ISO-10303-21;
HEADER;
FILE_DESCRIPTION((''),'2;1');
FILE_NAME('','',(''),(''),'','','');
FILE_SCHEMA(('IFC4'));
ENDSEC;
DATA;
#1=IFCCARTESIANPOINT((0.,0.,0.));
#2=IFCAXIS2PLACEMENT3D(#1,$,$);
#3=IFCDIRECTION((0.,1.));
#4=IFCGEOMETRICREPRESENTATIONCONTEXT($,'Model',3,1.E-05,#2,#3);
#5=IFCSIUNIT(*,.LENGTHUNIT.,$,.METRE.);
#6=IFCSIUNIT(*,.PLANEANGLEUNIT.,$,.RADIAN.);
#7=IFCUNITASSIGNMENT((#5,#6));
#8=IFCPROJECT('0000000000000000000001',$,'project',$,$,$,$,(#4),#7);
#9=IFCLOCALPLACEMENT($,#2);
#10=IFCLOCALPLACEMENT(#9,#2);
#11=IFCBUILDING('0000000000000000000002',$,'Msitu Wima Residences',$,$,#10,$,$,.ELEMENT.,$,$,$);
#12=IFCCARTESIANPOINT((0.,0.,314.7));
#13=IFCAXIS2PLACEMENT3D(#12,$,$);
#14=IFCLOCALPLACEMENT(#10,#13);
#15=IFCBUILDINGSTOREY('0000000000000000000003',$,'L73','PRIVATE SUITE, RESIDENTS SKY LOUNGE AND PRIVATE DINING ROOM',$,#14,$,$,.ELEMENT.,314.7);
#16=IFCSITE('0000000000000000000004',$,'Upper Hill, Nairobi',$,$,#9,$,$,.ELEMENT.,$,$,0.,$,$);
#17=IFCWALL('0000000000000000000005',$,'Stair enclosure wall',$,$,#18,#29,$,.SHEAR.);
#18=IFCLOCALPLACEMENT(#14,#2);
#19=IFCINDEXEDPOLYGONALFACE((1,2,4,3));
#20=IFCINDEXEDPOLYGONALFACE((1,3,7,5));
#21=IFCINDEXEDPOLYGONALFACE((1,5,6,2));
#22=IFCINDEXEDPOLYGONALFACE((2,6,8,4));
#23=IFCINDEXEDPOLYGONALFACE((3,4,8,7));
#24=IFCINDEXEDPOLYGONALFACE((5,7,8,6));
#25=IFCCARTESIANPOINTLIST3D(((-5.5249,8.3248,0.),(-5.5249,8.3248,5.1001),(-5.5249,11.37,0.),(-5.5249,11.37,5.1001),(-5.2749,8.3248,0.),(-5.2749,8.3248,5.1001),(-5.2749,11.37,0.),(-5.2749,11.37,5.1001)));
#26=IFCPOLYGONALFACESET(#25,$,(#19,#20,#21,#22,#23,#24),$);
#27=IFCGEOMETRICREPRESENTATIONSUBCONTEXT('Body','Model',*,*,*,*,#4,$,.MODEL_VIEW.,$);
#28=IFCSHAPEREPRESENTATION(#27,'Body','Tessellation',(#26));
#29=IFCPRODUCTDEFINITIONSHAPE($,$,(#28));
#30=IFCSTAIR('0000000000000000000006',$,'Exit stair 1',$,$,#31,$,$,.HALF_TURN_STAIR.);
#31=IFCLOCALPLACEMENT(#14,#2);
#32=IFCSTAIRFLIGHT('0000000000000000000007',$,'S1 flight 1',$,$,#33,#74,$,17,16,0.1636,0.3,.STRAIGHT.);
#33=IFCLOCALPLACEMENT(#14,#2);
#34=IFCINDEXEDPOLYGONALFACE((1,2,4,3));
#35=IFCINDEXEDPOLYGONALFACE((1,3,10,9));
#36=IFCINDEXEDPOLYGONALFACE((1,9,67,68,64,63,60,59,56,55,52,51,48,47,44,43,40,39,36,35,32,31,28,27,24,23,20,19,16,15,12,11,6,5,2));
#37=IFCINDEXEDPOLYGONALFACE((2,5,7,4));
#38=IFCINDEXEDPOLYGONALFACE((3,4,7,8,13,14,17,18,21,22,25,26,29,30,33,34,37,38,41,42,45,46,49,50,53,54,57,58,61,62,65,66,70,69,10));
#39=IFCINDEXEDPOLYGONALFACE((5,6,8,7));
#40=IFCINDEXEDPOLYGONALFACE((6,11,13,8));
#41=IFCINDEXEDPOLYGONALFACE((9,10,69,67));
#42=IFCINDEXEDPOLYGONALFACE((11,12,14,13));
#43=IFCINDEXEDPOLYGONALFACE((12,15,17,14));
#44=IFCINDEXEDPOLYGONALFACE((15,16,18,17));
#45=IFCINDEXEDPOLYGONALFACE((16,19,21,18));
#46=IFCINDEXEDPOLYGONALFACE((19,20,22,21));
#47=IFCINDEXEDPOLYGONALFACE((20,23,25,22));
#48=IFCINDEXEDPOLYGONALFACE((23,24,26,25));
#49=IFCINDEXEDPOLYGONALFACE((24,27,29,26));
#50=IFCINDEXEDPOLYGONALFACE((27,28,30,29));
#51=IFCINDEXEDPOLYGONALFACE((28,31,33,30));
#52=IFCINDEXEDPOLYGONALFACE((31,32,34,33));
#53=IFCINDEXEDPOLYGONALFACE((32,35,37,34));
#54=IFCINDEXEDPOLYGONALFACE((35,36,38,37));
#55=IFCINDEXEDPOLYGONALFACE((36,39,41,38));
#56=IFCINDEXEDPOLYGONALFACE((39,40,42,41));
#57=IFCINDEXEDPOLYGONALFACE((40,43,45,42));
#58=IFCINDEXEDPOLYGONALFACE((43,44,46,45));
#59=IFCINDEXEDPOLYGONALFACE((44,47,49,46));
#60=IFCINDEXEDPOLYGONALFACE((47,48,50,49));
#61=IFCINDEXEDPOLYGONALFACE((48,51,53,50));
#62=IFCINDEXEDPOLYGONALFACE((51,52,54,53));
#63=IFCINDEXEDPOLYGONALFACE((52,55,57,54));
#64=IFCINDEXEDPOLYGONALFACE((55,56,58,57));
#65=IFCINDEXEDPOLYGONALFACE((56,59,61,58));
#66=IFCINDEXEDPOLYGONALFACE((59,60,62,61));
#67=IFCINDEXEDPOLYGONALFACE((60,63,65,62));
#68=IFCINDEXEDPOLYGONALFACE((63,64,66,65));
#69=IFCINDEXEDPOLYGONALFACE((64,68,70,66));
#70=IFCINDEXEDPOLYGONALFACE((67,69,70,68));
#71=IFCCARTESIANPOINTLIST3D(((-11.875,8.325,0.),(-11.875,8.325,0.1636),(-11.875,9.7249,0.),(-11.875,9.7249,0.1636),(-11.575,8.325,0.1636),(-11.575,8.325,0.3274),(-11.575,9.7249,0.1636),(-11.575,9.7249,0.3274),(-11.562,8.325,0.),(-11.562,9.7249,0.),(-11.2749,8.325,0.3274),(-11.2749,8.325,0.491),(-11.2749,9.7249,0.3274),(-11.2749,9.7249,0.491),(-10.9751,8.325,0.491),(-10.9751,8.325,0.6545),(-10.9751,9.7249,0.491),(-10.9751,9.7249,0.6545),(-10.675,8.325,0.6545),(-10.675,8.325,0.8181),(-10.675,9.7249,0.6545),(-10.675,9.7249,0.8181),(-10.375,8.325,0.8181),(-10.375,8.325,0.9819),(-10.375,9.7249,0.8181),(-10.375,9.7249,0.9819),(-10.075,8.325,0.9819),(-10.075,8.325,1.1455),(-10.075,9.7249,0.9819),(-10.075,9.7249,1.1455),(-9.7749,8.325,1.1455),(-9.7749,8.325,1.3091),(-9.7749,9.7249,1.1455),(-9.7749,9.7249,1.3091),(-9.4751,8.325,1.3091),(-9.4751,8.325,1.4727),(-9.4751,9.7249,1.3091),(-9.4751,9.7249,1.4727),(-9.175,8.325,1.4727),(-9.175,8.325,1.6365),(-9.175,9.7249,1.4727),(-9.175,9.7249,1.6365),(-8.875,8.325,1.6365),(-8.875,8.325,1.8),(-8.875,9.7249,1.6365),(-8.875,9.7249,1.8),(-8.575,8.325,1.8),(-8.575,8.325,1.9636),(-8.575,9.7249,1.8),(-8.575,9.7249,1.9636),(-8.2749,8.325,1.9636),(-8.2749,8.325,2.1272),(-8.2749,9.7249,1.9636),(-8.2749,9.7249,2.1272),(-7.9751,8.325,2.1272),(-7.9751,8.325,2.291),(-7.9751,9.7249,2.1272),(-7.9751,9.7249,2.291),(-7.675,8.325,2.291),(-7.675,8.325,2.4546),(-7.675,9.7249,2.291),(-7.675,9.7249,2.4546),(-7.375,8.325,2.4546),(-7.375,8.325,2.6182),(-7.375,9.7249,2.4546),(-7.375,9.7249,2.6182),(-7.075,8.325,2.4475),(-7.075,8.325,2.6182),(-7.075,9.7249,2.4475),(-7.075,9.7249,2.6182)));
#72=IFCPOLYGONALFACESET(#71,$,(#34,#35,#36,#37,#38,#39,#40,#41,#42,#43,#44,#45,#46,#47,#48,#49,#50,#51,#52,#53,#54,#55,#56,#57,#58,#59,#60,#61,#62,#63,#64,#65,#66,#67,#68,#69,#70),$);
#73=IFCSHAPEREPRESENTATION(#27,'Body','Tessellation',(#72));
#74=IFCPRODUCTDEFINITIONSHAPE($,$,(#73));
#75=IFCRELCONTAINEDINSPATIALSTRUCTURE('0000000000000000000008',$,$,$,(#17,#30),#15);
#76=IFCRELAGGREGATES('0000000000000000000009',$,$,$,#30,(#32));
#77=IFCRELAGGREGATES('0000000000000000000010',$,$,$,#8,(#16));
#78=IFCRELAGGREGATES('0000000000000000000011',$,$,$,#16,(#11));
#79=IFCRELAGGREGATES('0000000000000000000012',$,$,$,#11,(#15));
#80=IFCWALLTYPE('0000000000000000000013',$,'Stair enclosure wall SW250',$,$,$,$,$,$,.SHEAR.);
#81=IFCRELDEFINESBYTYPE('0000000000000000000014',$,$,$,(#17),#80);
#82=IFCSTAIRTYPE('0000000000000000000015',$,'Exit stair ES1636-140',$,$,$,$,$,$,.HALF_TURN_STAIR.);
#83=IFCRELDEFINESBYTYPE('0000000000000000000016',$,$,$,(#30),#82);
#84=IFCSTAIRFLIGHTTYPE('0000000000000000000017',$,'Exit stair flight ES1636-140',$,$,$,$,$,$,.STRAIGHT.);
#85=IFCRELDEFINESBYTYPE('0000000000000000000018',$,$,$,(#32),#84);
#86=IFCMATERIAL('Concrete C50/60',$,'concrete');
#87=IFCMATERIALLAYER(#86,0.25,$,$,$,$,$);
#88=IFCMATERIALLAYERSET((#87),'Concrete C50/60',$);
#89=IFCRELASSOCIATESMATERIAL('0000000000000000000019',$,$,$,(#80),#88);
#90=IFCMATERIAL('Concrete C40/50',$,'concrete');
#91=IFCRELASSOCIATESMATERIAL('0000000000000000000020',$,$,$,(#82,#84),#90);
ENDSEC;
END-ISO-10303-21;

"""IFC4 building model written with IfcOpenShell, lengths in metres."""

from ifc_helpers import new_model, si_unit, direction, frame, frame_2d, origin, place, context, subcontext, project, spatial, polyline, rectangle, outline, extrude, material, layer, layer_set, type_object, element, aggregate, save


model = new_model("IFC4")

# Units and contexts
model_context = context("Model", 3, precision=1e-05, world=origin(), true_north=direction((0.0, 1.0)))
body_context = subcontext(model_context, "Body", "Model", "MODEL_VIEW")
ifc_project = project(units=[si_unit("LENGTHUNIT", "METRE"), si_unit("PLANEANGLEUNIT", "RADIAN")], contexts=[model_context])

# Site, building, storey
site_placement = place(None, origin())
site = spatial("IfcSite", under=ifc_project, at=site_placement, Name="Upper Hill, Nairobi", CompositionType="ELEMENT", RefElevation=0.0)
building_placement = place(site_placement, origin())
building = spatial("IfcBuilding", under=site, at=building_placement, Name="Msitu Wima Residences", CompositionType="ELEMENT")
storey_placement = place(building_placement, frame((0.0, 0.0, 314.7)))
storey = spatial("IfcBuildingStorey", under=building, at=storey_placement, Name="L73", Description="PRIVATE SUITE, RESIDENTS SKY LOUNGE AND PRIVATE DINING ROOM", CompositionType="ELEMENT", Elevation=314.7)

# Shared definitions
ifc_material_1 = material(Name="Concrete C40/50", Category="concrete")

# Shared definitions
ifc_material_2 = material(Name="Concrete C50/60", Category="concrete")
ifc_layer_1 = layer(ifc_material_2, 0.25)
ifc_layer_set_1 = layer_set([ifc_layer_1], Name="Concrete C50/60")
wall_type_1 = type_object("IfcWallType", Name="Stair enclosure wall SW250", PredefinedType="SHEAR", material=ifc_layer_set_1)

# Wall
wall_1_placement = place(storey_placement, frame((-5.3999, 8.325, 0.0), z_axis=(0.0, 0.0, 1.0), x_axis=(0.0, 1.0, 0.0)))
element("IfcWall", 1, at=wall_1_placement, inside=storey, type_object=wall_type_1, Name="Stair enclosure wall", PredefinedType="SHEAR", context=body_context, shape_type="SweptSolid", body=[
    extrude(rectangle(XDim=3.0452, YDim=0.25, at=frame_2d((1.5225, 0.0))), origin(), (0.0, 0.0, 1.0), 5.1001),
])

# Stair, stair flight
stair_type = type_object("IfcStairType", Name="Exit stair ES1636-140", PredefinedType="HALF_TURN_STAIR", material=ifc_material_1)
stair_placement = place(storey_placement, origin())
stair = element("IfcStair", 2, at=stair_placement, inside=storey, type_object=stair_type, Name="Exit stair 1", PredefinedType="HALF_TURN_STAIR")
stair_flight_type = type_object("IfcStairFlightType", Name="Exit stair flight ES1636-140", PredefinedType="STRAIGHT", material=ifc_material_1)
stair_flight_placement = place(storey_placement, frame((-11.875, 9.0249, 0.0), z_axis=(0.0, 0.0, 1.0), x_axis=(1.0, 0.0, 0.0)))
stair_flight = element("IfcStairFlight", 3, at=stair_flight_placement, type_object=stair_flight_type, Name="S1 flight 1", NumberOfRisers=17, NumberOfTreads=16, PredefinedType="STRAIGHT", RiserHeight=0.1636, TreadLength=0.3, context=body_context, shape_type="SweptSolid", body=[
    extrude(outline(polyline([(0.0, 0.0), (0.0, 0.1636), (0.3, 0.1636), (0.3, 0.3274), (0.6001, 0.3274), (0.6001, 0.491), (0.8999, 0.491), (0.8999, 0.6545), (1.2, 0.6545), (1.2, 0.8181), (1.5, 0.8181), (1.5, 0.9819), (1.8, 0.9819), (1.8, 1.1455), (2.1001, 1.1455), (2.1001, 1.3091), (2.3999, 1.3091), (2.3999, 1.4727), (2.7, 1.4727), (2.7, 1.6365), (3.0, 1.6365), (3.0, 1.8), (3.3, 1.8), (3.3, 1.9636), (3.6001, 1.9636), (3.6001, 2.1272), (3.8999, 2.1272), (3.8999, 2.291), (4.2, 2.291), (4.2, 2.4546), (4.5, 2.4546), (4.5, 2.6182), (4.8, 2.6182), (4.8, 2.7817), (4.8, 2.4475), (0.313, 0.0), (0.0, 0.0)])), frame((0.0, 0.7, 0.0), z_axis=(0.0, -1.0, 0.0), x_axis=(1.0, 0.0, 0.0)), (0.0, 0.0, 1.0), 1.3999),
])
aggregate(stair, [stair_flight])

save(model, "model.ifc")
